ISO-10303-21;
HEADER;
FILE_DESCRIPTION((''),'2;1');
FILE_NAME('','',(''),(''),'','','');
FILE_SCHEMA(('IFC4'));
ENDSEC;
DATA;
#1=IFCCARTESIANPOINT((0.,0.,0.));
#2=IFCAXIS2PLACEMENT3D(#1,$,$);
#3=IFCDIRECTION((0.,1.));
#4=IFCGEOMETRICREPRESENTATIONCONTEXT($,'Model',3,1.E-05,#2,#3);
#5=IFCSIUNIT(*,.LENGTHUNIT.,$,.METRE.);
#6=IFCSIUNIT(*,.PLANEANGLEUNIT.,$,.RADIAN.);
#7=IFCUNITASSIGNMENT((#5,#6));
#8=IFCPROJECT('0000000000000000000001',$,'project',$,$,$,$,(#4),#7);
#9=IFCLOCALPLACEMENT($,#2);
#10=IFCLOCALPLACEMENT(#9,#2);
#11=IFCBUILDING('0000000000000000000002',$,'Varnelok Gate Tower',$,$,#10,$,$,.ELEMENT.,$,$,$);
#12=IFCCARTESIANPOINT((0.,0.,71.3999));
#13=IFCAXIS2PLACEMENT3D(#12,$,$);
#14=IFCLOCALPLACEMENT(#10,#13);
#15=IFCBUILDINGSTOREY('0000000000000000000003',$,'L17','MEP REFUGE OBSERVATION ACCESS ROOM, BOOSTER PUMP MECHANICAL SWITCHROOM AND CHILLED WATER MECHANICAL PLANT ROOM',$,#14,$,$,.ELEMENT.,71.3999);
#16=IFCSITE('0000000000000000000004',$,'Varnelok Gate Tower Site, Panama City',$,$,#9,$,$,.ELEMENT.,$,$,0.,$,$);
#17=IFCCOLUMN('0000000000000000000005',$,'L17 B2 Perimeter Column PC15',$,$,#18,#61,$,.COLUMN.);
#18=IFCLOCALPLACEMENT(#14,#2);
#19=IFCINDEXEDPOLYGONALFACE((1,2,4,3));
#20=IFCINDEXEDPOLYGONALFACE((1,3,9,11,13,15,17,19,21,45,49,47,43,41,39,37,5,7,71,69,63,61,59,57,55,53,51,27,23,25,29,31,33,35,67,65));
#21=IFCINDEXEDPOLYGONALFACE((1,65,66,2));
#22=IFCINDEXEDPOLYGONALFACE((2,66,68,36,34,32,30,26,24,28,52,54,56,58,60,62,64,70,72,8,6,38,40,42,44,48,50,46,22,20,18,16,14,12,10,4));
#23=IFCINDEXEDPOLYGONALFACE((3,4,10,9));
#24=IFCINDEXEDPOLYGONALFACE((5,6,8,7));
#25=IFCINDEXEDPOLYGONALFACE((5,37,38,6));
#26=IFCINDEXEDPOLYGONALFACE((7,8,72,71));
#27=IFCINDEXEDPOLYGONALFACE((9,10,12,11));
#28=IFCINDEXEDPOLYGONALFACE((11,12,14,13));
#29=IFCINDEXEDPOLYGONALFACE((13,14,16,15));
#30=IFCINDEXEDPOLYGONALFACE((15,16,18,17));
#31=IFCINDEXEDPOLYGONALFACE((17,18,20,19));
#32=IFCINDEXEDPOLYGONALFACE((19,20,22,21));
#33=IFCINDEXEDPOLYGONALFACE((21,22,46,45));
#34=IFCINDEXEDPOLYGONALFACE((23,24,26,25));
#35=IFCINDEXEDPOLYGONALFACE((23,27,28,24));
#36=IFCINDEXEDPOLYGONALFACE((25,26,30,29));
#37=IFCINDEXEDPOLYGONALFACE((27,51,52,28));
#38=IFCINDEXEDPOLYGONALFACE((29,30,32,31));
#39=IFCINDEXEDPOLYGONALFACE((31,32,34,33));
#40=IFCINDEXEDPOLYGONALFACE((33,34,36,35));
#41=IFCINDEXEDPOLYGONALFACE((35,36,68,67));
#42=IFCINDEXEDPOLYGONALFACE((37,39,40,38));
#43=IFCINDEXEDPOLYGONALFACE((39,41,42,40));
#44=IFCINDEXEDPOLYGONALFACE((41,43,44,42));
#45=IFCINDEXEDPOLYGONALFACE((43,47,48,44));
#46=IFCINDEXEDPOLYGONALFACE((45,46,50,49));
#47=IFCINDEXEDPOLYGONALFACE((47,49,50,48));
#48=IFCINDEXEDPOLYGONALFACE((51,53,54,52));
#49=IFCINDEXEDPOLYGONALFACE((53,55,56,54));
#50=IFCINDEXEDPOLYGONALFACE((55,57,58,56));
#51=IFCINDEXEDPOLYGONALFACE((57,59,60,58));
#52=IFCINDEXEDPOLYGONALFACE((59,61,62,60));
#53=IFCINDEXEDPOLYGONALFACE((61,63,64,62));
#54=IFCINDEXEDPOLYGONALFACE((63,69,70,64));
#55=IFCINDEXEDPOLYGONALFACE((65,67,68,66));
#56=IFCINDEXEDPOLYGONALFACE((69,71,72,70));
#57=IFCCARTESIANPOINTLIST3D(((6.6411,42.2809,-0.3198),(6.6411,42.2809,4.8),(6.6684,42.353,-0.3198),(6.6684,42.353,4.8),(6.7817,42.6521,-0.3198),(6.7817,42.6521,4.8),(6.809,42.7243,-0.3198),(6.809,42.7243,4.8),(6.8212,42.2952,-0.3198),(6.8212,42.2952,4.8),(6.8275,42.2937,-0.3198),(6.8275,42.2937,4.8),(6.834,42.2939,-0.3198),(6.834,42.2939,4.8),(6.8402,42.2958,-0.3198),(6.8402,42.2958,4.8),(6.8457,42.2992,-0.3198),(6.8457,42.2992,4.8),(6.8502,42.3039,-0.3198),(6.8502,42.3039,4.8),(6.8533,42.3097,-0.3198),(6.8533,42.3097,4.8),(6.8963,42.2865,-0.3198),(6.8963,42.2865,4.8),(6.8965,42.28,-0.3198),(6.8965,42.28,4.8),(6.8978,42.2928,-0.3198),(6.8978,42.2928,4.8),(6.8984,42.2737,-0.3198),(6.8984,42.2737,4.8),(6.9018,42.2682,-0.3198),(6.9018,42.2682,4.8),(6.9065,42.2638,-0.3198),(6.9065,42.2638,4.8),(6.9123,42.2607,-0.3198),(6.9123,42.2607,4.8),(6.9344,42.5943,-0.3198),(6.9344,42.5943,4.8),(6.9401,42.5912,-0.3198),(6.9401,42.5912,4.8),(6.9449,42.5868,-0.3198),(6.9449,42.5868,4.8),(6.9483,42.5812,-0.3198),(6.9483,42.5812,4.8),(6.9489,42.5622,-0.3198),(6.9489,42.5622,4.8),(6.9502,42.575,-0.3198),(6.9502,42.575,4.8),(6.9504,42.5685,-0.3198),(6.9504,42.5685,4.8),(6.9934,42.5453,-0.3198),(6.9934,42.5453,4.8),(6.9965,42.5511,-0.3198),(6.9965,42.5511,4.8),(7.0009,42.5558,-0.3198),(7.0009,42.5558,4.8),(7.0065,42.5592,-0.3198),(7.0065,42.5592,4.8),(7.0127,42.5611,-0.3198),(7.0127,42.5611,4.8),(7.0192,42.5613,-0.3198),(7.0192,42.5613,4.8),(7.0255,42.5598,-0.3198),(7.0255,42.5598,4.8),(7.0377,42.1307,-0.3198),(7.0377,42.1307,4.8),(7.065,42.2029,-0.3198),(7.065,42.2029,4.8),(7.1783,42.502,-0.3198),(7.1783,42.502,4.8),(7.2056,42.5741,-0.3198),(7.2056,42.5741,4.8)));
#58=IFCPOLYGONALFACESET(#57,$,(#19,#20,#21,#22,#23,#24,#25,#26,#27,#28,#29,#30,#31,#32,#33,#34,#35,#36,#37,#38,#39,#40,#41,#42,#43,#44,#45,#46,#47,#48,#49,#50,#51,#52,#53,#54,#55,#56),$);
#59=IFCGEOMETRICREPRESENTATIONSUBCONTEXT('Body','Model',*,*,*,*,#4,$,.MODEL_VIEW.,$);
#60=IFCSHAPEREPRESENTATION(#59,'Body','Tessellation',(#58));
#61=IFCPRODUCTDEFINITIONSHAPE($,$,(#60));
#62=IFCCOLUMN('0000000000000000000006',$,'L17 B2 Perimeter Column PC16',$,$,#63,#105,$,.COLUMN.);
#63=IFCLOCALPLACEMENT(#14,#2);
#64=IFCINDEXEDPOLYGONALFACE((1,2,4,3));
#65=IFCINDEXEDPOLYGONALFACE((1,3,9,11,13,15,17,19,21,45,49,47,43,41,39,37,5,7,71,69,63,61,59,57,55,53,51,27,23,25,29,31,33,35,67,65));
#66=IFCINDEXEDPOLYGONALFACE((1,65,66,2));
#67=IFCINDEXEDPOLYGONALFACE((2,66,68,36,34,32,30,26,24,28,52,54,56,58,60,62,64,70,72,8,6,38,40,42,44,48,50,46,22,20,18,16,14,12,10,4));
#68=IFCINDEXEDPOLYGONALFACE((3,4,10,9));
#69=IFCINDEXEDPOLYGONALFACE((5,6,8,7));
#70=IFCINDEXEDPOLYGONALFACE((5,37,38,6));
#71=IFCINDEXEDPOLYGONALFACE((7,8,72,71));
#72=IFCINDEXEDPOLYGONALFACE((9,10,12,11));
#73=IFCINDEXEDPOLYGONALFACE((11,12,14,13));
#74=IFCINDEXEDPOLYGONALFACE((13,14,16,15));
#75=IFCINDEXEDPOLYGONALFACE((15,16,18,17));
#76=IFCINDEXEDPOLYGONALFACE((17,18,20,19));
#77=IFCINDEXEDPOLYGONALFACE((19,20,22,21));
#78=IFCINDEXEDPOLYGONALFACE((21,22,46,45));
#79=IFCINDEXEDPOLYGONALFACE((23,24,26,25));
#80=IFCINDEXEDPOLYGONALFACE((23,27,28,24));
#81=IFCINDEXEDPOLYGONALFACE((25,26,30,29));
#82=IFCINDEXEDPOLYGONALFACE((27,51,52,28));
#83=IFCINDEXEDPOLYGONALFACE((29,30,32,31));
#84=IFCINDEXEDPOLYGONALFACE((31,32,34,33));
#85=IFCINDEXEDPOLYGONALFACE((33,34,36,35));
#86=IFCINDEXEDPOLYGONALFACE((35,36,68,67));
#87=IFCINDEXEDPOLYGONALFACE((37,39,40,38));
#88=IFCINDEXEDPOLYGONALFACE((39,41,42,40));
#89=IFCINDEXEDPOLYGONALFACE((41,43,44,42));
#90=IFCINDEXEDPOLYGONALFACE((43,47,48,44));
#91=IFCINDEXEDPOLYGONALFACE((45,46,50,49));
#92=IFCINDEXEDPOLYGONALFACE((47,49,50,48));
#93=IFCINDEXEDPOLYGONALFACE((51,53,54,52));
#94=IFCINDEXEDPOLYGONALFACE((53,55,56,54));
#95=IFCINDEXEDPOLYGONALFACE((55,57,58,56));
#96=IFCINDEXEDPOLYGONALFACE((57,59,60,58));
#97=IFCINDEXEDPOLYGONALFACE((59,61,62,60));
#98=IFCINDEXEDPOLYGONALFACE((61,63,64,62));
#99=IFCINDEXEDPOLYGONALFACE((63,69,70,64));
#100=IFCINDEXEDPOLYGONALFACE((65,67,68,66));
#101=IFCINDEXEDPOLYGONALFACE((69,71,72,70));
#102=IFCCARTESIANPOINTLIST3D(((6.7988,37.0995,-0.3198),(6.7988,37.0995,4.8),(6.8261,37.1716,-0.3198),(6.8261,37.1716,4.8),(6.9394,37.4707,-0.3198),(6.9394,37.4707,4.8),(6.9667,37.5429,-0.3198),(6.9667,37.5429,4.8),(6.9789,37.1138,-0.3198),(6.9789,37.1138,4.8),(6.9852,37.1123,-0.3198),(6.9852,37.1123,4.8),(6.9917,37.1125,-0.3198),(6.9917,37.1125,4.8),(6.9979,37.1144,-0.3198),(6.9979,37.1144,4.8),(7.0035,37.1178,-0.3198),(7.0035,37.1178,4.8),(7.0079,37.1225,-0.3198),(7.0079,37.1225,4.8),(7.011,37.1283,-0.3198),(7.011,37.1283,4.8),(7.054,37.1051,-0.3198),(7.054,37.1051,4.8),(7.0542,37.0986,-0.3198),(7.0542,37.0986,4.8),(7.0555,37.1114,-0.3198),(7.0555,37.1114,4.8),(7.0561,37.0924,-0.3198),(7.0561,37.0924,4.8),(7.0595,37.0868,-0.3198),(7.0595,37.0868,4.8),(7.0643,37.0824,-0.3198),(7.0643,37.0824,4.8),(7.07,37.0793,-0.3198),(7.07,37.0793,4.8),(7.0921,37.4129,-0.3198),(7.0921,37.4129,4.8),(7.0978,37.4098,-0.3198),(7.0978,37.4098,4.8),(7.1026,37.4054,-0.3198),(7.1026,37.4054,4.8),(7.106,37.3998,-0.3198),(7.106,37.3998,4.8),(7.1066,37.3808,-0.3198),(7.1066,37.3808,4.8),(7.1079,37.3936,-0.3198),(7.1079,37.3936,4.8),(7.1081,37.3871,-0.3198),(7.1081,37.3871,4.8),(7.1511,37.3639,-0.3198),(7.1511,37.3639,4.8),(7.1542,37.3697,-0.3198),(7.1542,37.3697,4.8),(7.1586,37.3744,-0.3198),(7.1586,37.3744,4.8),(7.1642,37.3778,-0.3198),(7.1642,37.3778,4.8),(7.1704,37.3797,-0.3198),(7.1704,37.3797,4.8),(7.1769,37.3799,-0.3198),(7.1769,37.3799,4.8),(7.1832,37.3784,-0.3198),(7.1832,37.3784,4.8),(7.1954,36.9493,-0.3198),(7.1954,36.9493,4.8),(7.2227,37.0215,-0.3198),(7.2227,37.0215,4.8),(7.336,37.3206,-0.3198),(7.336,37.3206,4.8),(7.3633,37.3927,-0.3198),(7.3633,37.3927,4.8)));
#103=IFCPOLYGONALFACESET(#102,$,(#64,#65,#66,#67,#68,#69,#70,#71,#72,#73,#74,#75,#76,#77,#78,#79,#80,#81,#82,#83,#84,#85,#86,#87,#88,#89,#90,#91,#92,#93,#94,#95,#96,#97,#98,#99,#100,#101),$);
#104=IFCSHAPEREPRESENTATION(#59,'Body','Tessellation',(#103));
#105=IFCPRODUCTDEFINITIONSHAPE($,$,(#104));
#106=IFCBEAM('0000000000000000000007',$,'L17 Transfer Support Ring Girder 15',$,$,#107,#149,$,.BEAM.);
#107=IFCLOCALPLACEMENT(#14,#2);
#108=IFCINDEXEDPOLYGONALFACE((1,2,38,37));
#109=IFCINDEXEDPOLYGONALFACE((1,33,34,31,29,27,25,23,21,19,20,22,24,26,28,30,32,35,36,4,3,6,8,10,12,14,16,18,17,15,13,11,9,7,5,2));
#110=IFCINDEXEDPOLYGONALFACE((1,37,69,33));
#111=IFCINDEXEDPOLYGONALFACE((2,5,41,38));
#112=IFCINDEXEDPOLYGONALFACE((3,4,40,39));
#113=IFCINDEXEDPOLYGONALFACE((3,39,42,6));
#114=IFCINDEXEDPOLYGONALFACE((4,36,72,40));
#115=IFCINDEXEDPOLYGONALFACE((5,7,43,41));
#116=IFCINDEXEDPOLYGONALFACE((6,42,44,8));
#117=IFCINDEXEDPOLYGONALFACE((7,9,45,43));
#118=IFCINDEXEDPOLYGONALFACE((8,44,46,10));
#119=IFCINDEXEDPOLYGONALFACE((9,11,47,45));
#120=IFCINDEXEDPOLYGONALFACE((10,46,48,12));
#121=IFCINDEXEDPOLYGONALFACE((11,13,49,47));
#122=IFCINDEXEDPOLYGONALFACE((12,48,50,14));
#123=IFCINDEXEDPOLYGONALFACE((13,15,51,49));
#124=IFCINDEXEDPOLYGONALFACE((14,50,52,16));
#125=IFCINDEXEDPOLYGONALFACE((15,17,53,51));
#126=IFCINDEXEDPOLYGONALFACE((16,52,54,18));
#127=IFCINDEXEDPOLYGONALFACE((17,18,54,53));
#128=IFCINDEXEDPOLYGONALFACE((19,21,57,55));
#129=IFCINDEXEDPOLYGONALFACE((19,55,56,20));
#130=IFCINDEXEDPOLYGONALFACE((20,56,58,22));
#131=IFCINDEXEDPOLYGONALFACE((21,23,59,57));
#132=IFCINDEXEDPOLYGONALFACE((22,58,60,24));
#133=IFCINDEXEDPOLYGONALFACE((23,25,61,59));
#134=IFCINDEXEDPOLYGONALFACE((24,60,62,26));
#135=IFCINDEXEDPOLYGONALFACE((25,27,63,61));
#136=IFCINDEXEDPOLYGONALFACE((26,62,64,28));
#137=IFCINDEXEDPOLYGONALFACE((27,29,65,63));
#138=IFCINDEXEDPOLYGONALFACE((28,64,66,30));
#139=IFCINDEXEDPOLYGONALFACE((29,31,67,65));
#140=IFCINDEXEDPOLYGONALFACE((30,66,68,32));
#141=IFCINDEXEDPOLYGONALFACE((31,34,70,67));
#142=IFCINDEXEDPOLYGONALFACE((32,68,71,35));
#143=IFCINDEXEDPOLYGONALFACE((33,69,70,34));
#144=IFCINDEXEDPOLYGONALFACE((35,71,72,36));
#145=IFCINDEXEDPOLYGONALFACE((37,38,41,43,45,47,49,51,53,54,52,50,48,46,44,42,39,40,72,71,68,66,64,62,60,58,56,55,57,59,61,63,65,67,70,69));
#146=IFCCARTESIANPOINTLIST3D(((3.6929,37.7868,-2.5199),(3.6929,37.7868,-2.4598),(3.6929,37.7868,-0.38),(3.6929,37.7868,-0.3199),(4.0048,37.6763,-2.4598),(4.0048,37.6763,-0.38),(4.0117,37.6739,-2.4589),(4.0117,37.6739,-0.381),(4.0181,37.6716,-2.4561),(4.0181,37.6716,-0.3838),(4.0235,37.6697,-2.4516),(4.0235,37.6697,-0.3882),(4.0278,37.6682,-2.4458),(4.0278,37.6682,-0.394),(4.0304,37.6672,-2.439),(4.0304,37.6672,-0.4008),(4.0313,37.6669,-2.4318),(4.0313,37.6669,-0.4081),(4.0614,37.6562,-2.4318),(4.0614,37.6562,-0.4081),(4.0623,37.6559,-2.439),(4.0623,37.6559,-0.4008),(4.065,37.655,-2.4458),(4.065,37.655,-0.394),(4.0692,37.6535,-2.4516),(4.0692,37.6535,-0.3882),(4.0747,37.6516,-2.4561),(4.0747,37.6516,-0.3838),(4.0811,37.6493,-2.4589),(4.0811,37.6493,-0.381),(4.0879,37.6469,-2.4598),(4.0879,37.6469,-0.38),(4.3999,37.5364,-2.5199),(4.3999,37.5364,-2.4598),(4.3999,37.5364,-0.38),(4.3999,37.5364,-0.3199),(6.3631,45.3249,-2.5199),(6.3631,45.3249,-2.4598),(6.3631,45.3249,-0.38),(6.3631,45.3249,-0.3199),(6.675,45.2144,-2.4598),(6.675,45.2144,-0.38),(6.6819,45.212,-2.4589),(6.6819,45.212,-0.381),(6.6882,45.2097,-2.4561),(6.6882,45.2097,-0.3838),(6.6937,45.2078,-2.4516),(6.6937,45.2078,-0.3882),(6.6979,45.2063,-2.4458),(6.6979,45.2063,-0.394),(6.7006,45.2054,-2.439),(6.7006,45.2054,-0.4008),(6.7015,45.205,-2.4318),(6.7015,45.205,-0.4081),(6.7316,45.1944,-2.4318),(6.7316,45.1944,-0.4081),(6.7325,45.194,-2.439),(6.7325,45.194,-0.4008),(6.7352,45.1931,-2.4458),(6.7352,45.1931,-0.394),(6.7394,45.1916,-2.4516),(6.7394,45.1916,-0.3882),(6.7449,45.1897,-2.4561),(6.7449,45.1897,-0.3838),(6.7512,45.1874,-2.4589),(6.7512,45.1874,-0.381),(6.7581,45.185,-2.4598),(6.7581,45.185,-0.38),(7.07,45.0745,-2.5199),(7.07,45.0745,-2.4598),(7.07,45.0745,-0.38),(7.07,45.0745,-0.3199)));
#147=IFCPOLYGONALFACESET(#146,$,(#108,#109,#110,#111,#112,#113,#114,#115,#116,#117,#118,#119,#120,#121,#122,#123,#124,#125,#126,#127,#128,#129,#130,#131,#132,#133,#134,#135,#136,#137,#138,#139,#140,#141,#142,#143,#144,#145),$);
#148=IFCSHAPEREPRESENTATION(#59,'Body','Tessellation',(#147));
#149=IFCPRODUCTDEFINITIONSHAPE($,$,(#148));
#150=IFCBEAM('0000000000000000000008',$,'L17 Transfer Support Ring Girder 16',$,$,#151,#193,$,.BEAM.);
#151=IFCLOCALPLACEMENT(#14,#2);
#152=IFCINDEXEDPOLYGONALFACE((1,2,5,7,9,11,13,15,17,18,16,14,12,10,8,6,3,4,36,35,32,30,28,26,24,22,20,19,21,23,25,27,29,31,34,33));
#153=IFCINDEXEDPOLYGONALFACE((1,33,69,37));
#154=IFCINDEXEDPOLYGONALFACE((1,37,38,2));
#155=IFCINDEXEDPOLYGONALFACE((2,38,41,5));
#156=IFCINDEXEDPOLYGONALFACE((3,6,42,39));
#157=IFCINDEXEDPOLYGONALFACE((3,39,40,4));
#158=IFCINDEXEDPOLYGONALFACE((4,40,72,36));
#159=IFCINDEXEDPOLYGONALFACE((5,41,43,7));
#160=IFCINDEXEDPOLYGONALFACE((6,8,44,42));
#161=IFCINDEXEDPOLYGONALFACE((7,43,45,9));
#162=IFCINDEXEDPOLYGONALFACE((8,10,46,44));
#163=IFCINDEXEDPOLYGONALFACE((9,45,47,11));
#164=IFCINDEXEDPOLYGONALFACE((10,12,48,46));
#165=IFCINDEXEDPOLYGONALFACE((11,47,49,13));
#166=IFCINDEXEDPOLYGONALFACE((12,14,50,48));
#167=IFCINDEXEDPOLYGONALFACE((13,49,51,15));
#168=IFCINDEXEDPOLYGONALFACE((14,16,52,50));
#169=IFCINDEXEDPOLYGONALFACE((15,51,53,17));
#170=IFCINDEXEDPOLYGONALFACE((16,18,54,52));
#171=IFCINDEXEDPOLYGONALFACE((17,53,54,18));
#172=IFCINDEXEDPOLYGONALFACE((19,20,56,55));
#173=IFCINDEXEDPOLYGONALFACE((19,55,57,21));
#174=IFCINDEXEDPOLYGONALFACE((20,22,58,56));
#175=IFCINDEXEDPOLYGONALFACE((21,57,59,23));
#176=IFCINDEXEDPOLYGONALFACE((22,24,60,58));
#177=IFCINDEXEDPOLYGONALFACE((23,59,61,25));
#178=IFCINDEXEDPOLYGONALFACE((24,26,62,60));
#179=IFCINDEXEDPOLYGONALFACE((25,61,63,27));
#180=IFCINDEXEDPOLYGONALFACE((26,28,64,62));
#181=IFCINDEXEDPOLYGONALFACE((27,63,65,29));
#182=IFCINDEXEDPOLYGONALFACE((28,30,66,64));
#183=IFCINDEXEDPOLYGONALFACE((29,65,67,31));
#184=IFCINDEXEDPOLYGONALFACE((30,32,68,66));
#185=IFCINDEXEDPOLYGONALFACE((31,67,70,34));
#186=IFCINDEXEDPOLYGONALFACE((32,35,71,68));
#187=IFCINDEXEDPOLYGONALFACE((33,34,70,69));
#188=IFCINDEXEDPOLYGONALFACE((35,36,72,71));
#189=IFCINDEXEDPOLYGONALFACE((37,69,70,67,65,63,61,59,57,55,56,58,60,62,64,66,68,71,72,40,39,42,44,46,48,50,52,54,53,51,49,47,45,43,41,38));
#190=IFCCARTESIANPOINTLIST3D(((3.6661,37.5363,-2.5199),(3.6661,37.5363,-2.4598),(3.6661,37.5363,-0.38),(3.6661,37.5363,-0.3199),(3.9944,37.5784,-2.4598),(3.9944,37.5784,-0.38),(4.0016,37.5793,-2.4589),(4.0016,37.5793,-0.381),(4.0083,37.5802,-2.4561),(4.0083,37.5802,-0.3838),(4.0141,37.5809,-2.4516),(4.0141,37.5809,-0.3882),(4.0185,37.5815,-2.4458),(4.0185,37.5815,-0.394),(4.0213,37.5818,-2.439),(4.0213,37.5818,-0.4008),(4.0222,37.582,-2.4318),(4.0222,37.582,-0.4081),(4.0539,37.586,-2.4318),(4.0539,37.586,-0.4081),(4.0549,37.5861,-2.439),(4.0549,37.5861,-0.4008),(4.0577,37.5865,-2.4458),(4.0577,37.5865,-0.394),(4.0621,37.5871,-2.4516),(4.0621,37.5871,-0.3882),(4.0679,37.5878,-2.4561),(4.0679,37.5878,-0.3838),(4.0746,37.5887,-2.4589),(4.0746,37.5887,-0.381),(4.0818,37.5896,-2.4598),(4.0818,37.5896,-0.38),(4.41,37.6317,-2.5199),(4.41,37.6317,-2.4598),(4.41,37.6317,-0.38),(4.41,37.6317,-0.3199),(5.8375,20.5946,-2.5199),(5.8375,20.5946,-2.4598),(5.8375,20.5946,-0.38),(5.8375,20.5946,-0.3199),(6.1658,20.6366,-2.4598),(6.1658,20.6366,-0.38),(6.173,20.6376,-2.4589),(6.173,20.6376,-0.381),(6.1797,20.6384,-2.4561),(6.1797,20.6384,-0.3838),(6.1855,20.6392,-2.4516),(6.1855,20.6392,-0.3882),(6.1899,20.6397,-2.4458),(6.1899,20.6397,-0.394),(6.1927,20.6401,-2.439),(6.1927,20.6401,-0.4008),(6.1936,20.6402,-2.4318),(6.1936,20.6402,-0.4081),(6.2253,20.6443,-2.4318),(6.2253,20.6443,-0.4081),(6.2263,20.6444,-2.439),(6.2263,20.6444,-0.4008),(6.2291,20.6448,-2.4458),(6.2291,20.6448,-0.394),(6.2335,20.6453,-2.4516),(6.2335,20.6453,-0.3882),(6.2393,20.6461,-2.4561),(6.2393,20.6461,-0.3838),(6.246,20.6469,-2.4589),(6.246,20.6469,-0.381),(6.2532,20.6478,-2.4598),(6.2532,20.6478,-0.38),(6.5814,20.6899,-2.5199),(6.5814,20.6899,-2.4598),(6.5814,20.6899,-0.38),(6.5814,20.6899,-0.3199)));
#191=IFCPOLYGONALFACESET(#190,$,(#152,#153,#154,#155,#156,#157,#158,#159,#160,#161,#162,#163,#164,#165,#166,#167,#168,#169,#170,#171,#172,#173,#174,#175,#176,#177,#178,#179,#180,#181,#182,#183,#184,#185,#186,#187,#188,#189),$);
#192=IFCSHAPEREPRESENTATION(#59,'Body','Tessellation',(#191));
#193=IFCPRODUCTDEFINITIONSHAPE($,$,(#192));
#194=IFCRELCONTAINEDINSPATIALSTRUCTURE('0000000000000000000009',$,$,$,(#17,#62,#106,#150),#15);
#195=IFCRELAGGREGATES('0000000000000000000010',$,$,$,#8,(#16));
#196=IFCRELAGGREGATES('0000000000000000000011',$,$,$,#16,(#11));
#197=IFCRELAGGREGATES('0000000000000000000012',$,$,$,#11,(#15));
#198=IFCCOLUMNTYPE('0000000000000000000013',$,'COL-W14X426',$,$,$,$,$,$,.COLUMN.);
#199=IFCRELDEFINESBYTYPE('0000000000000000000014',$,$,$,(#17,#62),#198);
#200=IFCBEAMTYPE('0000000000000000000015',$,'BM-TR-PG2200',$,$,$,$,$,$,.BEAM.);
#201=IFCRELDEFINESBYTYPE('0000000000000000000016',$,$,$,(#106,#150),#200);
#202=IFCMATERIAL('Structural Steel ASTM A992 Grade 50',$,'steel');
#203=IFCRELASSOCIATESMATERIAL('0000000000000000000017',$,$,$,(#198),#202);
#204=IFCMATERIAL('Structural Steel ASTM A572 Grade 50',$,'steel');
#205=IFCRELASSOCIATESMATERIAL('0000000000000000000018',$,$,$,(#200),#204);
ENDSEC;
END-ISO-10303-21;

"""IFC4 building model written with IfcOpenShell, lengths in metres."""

from ifc_helpers import new_model, si_unit, direction, frame, origin, origin_2d, place, context, subcontext, project, spatial, i_section, extrude, material, material_profile, profile_set, type_object, element, save


model = new_model("IFC4")

# Units and contexts
model_context = context("Model", 3, precision=1e-05, world=origin(), true_north=direction((0.0, 1.0)))
body_context = subcontext(model_context, "Body", "Model", "MODEL_VIEW")
ifc_project = project(units=[si_unit("LENGTHUNIT", "METRE"), si_unit("PLANEANGLEUNIT", "RADIAN")], contexts=[model_context])

# Site, building, storey
site_placement = place(None, origin())
site = spatial("IfcSite", under=ifc_project, at=site_placement, Name="Varnelok Gate Tower Site, Panama City", CompositionType="ELEMENT", RefElevation=0.0)
building_placement = place(site_placement, origin())
building = spatial("IfcBuilding", under=site, at=building_placement, Name="Varnelok Gate Tower", CompositionType="ELEMENT")
storey_placement = place(building_placement, frame((0.0, 0.0, 71.3999)))
storey = spatial("IfcBuildingStorey", under=building, at=storey_placement, Name="L17", Description="MEP REFUGE OBSERVATION ACCESS ROOM, BOOSTER PUMP MECHANICAL SWITCHROOM AND CHILLED WATER MECHANICAL PLANT ROOM", CompositionType="ELEMENT", Elevation=71.3999)

# Columns
ifc_material_1 = material(Name="Structural Steel ASTM A992 Grade 50", Category="steel")
ifc_material_profile_1 = material_profile(ifc_material_1, i_section(OverallWidth=0.4241, OverallDepth=0.4741, WebThickness=0.0476, FlangeThickness=0.0771, FilletRadius=0.0249, at=origin_2d()), Name="W14X426")
ifc_profile_set_1 = profile_set([ifc_material_profile_1], Name="Structural Steel ASTM A992 Grade 50")
column_type = type_object("IfcColumnType", Name="COL-W14X426", PredefinedType="COLUMN", material=ifc_profile_set_1)
for number, where, z_axis, x_axis, name in (
    (1, (6.9233, 42.4275, -0.3198), (0.0, 0.0, 1.0), (0.935222, -0.354063, 0.0), "L17 B2 Perimeter Column PC15"),
    (2, (7.0811, 37.2461, -0.3198), (0.0, 0.0, 1.0), (0.935222, -0.354063, 0.0), "L17 B2 Perimeter Column PC16"),
):
    element("IfcColumn", number, at=place(storey_placement, frame(where, z_axis=z_axis, x_axis=x_axis)), inside=storey, type_object=column_type, Name=name, PredefinedType="COLUMN", context=body_context, shape_type="SweptSolid", body=[
        extrude(i_section(OverallWidth=0.4241, OverallDepth=0.4741, WebThickness=0.0476, FlangeThickness=0.0771, FilletRadius=0.0249, at=origin_2d()), origin(), (0.0, 0.0, 1.0), 5.1199),
    ])

# Beams
ifc_material_2 = material(Name="Structural Steel ASTM A572 Grade 50", Category="steel")
ifc_material_profile_2 = material_profile(ifc_material_2, i_section(OverallWidth=0.75, OverallDepth=2.2, WebThickness=0.032, FlangeThickness=0.0601, FilletRadius=0.0281, at=origin_2d()), Name="PG2200X750")
ifc_profile_set_2 = profile_set([ifc_material_profile_2], Name="Structural Steel ASTM A572 Grade 50")
beam_type_1 = type_object("IfcBeamType", Name="BM-TR-PG2200", PredefinedType="BEAM", material=ifc_profile_set_2)
beam_1_placement = place(storey_placement, frame((6.7166, 45.1997, -1.4199), z_axis=(-0.333895, -0.94261, 0.0), x_axis=(0.94261, -0.333895, 0.0)))
element("IfcBeam", 3, at=beam_1_placement, inside=storey, type_object=beam_type_1, Name="L17 Transfer Support Ring Girder 15", PredefinedType="BEAM", context=body_context, shape_type="SweptSolid", body=[
    extrude(i_section(OverallWidth=0.75, OverallDepth=2.2, WebThickness=0.032, FlangeThickness=0.0601, FilletRadius=0.0281, at=origin_2d()), origin(), (0.0, 0.0, 1.0), 7.9971),
])
beam_2_placement = place(storey_placement, frame((4.0381, 37.584, -1.4199), z_axis=(0.127129, -0.991886, 0.0), x_axis=(0.991886, 0.127129, 0.0)))
element("IfcBeam", 4, at=beam_2_placement, inside=storey, type_object=beam_type_1, Name="L17 Transfer Support Ring Girder 16", PredefinedType="BEAM", context=body_context, shape_type="SweptSolid", body=[
    extrude(i_section(OverallWidth=0.75, OverallDepth=2.2, WebThickness=0.032, FlangeThickness=0.0601, FilletRadius=0.0281, at=origin_2d()), origin(), (0.0, 0.0, 1.0), 17.0803),
])

save(model, "model.ifc")
